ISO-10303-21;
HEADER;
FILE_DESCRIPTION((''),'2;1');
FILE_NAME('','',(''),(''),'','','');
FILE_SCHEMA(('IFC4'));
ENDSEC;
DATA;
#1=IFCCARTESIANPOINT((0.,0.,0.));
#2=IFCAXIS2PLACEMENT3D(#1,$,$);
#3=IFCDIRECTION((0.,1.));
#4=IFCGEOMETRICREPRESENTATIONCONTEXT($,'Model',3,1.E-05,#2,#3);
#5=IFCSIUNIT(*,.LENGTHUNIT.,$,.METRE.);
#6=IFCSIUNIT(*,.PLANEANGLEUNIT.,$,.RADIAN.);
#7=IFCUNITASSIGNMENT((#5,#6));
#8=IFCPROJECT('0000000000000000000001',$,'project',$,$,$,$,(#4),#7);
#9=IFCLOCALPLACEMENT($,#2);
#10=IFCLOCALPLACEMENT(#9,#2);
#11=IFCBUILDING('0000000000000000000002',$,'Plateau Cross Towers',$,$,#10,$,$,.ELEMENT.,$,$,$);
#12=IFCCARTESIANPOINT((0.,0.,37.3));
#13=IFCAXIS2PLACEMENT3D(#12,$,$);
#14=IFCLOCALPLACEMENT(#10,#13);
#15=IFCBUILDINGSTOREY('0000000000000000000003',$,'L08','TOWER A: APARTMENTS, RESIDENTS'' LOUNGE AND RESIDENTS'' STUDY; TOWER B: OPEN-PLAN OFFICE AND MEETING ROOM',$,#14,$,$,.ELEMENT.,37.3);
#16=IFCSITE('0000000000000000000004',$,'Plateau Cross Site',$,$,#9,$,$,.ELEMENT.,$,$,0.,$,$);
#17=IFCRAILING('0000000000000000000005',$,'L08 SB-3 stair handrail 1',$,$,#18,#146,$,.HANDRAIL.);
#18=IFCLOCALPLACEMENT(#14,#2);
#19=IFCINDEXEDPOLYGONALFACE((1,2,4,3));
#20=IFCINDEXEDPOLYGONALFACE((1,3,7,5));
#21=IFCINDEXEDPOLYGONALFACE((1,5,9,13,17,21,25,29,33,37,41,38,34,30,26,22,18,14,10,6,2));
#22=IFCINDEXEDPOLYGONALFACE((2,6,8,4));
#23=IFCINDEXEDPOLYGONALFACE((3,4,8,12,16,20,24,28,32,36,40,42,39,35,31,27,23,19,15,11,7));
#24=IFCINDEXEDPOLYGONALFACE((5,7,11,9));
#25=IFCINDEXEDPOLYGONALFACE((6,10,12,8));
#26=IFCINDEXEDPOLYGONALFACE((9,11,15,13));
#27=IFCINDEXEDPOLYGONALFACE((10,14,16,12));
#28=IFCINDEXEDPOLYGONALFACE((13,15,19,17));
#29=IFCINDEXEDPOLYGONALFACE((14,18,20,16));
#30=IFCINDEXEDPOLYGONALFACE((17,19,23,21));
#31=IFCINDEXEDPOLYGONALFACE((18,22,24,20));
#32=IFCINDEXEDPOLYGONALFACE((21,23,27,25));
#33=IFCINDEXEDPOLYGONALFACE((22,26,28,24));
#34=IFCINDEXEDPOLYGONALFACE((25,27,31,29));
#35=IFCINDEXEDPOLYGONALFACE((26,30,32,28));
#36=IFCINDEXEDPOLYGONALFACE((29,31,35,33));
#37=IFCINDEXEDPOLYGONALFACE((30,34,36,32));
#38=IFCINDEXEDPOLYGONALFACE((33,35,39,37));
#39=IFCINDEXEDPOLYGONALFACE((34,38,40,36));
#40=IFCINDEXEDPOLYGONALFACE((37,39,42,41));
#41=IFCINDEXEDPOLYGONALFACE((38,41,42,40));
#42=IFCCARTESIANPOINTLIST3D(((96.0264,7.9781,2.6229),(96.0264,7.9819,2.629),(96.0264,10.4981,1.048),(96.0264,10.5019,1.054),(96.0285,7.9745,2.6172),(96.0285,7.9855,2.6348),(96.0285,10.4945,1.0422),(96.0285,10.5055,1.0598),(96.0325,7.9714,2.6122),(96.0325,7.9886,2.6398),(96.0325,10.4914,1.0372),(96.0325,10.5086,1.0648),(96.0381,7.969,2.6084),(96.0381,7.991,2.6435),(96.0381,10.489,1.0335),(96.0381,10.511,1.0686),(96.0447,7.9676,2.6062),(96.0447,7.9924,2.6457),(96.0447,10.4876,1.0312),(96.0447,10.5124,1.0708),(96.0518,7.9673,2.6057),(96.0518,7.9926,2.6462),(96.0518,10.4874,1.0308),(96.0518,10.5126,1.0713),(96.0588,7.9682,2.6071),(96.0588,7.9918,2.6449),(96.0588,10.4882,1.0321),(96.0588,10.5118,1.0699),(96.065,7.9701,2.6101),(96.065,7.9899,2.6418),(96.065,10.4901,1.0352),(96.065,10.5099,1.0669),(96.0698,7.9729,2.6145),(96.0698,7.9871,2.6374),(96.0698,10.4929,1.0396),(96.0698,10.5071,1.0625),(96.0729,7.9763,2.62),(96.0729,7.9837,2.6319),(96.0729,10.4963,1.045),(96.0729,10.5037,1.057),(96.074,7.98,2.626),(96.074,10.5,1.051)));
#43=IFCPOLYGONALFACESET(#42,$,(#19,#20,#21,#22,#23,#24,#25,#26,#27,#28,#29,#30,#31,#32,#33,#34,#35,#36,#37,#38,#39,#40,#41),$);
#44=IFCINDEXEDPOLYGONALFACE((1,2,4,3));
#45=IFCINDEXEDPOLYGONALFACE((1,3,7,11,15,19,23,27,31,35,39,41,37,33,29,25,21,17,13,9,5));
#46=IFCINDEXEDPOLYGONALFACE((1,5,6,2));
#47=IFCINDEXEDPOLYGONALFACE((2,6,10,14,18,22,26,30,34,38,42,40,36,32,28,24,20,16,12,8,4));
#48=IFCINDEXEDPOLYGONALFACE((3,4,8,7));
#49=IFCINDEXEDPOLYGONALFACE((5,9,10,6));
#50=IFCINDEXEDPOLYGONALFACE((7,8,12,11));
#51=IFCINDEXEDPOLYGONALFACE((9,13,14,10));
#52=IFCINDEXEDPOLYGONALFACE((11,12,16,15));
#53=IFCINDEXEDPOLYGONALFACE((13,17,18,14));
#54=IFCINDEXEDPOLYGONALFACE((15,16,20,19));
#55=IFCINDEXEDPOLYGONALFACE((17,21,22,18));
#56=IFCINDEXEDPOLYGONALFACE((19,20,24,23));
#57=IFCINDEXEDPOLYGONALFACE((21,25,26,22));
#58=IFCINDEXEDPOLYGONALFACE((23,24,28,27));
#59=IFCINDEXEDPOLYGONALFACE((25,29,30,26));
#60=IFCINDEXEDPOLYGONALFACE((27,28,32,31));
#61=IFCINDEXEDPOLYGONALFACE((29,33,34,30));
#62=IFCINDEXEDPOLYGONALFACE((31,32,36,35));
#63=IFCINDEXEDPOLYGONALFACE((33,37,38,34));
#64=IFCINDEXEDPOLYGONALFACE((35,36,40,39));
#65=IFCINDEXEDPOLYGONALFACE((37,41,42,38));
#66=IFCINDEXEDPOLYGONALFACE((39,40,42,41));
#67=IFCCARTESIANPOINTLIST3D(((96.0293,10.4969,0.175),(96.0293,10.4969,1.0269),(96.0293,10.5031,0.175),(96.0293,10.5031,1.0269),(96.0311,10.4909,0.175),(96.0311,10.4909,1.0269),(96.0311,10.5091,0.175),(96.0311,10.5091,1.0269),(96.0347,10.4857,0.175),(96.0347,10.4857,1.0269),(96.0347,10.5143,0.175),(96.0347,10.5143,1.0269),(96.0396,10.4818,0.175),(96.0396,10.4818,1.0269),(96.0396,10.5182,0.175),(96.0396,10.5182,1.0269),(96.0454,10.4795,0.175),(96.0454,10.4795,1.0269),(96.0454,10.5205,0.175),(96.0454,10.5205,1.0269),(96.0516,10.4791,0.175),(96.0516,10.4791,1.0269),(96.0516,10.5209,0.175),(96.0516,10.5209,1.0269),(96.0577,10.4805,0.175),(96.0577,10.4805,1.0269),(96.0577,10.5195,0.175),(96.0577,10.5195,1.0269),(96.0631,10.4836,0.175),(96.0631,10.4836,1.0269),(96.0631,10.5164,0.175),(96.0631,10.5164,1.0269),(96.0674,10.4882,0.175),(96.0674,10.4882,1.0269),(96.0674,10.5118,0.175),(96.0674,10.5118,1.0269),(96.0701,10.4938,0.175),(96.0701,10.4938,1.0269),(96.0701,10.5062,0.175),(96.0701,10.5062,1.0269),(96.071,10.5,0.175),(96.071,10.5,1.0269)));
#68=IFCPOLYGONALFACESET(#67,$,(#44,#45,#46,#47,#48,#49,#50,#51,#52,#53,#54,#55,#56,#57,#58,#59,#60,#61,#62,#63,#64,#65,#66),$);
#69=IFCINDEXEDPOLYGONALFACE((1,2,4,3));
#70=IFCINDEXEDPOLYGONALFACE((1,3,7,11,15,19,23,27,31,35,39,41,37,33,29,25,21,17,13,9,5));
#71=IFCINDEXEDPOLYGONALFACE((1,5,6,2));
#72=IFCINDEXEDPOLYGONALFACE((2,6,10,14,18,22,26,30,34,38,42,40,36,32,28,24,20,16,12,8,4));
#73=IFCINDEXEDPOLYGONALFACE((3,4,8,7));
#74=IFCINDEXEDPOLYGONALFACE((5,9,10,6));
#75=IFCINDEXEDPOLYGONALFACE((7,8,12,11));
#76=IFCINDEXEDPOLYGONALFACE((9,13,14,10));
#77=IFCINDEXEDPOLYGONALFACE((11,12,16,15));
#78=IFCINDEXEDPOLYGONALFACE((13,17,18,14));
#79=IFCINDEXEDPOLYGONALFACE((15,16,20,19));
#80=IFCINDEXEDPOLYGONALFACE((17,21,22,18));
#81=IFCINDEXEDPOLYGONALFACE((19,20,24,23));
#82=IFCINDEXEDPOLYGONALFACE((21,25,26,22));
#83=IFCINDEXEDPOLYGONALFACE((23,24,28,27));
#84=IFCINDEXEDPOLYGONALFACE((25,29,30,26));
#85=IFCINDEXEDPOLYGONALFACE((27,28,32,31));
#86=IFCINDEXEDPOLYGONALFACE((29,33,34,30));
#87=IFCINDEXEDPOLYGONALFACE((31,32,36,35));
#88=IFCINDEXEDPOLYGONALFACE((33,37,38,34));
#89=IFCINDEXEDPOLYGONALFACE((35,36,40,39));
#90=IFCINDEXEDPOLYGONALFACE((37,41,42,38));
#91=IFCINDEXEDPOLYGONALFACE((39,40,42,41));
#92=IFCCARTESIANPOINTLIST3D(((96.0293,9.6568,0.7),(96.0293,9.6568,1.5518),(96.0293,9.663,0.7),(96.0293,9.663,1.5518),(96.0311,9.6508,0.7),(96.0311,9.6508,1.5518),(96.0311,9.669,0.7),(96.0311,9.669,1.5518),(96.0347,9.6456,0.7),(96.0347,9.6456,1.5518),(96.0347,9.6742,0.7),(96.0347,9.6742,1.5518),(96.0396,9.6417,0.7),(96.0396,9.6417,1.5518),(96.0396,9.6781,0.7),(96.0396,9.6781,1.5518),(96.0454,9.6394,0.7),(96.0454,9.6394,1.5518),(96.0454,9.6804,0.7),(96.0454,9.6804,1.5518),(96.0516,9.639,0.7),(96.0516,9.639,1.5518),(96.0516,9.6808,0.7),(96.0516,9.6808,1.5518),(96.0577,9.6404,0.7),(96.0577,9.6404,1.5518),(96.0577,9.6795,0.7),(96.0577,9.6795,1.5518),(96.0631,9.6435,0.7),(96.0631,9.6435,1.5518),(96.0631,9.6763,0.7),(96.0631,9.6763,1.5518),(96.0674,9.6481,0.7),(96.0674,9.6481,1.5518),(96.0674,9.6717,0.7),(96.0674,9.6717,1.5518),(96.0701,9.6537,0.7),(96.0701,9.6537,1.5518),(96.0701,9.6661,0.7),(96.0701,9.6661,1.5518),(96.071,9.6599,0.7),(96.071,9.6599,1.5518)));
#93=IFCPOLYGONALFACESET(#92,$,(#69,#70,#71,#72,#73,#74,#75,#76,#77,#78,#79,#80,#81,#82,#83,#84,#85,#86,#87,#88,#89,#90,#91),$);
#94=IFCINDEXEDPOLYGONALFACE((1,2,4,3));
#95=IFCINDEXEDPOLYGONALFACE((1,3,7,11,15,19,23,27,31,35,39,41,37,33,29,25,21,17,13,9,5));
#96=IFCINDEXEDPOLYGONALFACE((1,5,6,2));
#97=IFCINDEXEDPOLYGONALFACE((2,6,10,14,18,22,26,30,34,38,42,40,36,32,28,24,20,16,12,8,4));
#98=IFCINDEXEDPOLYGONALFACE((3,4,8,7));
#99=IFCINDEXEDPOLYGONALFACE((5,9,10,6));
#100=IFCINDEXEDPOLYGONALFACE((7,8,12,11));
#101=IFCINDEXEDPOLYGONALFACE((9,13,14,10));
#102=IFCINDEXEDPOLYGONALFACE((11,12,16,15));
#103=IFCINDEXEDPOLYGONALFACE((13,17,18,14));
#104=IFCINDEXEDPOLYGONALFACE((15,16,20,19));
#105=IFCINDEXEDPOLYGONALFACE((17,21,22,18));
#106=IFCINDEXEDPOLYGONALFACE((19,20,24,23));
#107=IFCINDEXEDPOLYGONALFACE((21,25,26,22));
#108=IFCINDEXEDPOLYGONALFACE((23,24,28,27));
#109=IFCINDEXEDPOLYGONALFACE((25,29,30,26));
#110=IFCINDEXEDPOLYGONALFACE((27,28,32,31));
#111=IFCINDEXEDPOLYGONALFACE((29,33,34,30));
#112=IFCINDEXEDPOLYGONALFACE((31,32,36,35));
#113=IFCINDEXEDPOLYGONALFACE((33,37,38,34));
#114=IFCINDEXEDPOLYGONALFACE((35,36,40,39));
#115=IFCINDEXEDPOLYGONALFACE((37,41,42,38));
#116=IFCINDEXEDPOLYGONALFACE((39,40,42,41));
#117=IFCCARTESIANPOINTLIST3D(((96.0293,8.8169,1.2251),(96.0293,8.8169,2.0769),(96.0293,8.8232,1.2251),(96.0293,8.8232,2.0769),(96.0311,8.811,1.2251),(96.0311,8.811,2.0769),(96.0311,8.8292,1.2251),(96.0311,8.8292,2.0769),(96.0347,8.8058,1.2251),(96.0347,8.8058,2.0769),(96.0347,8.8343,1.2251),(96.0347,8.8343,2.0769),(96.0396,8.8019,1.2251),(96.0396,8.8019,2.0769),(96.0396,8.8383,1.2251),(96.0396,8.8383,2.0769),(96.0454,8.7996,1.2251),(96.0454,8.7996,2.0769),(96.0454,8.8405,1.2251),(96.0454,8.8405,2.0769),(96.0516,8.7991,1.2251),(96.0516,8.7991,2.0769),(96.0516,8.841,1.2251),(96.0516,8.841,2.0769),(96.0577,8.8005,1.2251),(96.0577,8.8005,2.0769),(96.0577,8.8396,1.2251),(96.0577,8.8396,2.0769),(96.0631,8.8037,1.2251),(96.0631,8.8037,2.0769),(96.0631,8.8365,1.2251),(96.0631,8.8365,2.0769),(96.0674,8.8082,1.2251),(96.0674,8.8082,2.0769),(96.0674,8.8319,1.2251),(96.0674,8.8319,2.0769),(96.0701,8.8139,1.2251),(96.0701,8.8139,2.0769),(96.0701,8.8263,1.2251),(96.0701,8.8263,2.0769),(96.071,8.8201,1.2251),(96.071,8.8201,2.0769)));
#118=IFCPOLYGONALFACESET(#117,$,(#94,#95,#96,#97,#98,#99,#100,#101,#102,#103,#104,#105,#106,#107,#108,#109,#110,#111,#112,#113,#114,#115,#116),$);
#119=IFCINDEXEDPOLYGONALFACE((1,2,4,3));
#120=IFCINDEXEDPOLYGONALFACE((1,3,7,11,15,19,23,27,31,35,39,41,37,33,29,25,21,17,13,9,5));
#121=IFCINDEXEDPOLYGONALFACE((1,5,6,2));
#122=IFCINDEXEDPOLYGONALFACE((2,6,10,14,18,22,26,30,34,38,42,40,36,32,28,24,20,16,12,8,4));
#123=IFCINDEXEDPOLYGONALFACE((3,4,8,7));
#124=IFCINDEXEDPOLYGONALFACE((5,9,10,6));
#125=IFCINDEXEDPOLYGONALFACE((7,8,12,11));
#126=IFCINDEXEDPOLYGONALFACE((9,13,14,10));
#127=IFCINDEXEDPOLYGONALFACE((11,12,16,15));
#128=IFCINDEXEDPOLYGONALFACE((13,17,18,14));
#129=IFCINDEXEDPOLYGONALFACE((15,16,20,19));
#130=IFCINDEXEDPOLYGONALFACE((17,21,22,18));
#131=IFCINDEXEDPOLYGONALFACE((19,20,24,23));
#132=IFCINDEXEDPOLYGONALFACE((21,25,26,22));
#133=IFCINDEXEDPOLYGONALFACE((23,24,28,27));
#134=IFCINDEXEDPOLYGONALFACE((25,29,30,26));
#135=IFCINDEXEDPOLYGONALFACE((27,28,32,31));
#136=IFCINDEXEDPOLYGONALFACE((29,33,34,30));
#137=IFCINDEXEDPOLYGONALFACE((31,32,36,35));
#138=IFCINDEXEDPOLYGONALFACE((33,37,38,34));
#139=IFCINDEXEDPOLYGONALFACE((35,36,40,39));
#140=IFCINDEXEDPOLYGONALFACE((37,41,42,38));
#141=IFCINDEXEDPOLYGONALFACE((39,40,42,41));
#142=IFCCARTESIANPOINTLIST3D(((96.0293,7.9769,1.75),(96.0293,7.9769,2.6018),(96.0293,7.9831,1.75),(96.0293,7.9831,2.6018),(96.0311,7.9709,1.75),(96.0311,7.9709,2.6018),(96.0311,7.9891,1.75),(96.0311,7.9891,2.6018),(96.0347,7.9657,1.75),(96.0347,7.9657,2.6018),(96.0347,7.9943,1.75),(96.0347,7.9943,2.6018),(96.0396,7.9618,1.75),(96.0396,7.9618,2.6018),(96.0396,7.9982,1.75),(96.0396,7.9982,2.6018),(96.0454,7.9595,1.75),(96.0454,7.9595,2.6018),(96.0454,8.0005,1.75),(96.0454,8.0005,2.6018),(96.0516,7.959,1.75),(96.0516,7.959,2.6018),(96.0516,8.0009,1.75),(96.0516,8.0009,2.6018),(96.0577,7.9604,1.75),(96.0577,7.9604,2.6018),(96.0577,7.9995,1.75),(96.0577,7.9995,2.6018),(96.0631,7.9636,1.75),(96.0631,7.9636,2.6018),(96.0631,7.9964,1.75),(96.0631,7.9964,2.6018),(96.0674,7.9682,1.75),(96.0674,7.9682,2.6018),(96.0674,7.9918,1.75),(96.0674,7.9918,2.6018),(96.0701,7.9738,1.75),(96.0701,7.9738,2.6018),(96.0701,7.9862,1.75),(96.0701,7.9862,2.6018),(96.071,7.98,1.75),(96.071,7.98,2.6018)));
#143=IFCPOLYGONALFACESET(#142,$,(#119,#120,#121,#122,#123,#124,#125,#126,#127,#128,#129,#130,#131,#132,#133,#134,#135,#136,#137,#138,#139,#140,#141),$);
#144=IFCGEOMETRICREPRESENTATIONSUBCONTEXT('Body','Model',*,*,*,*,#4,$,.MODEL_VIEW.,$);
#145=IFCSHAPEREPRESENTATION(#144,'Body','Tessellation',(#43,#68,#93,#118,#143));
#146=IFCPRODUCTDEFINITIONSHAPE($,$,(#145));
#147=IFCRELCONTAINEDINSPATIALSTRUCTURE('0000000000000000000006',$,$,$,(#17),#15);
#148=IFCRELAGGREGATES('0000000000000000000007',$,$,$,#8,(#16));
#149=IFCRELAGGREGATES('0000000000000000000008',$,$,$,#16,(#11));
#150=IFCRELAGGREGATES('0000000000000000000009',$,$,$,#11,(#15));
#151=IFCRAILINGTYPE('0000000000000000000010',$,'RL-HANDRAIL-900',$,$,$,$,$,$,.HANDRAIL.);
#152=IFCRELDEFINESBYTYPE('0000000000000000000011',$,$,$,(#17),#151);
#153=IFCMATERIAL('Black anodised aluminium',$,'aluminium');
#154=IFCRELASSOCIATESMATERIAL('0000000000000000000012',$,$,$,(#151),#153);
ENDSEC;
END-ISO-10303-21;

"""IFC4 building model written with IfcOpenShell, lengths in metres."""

from ifc_helpers import new_model, si_unit, direction, frame, origin, origin_2d, place, context, subcontext, project, spatial, circle, extrude, material, type_object, element, save


model = new_model("IFC4")

# Units and contexts
model_context = context("Model", 3, precision=1e-05, world=origin(), true_north=direction((0.0, 1.0)))
body_context = subcontext(model_context, "Body", "Model", "MODEL_VIEW")
ifc_project = project(units=[si_unit("LENGTHUNIT", "METRE"), si_unit("PLANEANGLEUNIT", "RADIAN")], contexts=[model_context])

# Site, building, storey
site_placement = place(None, origin())
site = spatial("IfcSite", under=ifc_project, at=site_placement, Name="Plateau Cross Site", CompositionType="ELEMENT", RefElevation=0.0)
building_placement = place(site_placement, origin())
building = spatial("IfcBuilding", under=site, at=building_placement, Name="Plateau Cross Towers", CompositionType="ELEMENT")
storey_placement = place(building_placement, frame((0.0, 0.0, 37.3)))
storey = spatial("IfcBuildingStorey", under=building, at=storey_placement, Name="L08", Description="TOWER A: APARTMENTS, RESIDENTS' LOUNGE AND RESIDENTS' STUDY; TOWER B: OPEN-PLAN OFFICE AND MEETING ROOM", CompositionType="ELEMENT", Elevation=37.3)

# Shared definitions
ifc_material_1 = material(Name="Black anodised aluminium", Category="aluminium")

# Railing
railing_type_1 = type_object("IfcRailingType", Name="RL-HANDRAIL-900", PredefinedType="HANDRAIL", material=ifc_material_1)
railing_1_placement = place(storey_placement, frame((96.05, 10.5, 0.175)))
element("IfcRailing", 1, at=railing_1_placement, inside=storey, type_object=railing_type_1, Name="L08 SB-3 stair handrail 1", PredefinedType="HANDRAIL", context=body_context, shape_type="SweptSolid", body=[
    extrude(circle(Radius=0.0239, at=origin_2d()), frame((0.0, 0.0, 0.876), z_axis=(0.0, -0.848008, 0.529984), x_axis=(1.0, 0.0, 0.0)), (0.0, 0.0, 1.0), 2.9717),
    extrude(circle(Radius=0.021, at=origin_2d()), origin(), (0.0, 0.0, 1.0), 0.8518),
    extrude(circle(Radius=0.021, at=origin_2d()), frame((0.0, -0.8401, 0.5249)), (0.0, 0.0, 1.0), 0.8518),
    extrude(circle(Radius=0.021, at=origin_2d()), frame((0.0, -1.6799, 1.05)), (0.0, 0.0, 1.0), 0.8518),
    extrude(circle(Radius=0.021, at=origin_2d()), frame((0.0, -2.52, 1.575)), (0.0, 0.0, 1.0), 0.8518),
])

save(model, "model.ifc")
